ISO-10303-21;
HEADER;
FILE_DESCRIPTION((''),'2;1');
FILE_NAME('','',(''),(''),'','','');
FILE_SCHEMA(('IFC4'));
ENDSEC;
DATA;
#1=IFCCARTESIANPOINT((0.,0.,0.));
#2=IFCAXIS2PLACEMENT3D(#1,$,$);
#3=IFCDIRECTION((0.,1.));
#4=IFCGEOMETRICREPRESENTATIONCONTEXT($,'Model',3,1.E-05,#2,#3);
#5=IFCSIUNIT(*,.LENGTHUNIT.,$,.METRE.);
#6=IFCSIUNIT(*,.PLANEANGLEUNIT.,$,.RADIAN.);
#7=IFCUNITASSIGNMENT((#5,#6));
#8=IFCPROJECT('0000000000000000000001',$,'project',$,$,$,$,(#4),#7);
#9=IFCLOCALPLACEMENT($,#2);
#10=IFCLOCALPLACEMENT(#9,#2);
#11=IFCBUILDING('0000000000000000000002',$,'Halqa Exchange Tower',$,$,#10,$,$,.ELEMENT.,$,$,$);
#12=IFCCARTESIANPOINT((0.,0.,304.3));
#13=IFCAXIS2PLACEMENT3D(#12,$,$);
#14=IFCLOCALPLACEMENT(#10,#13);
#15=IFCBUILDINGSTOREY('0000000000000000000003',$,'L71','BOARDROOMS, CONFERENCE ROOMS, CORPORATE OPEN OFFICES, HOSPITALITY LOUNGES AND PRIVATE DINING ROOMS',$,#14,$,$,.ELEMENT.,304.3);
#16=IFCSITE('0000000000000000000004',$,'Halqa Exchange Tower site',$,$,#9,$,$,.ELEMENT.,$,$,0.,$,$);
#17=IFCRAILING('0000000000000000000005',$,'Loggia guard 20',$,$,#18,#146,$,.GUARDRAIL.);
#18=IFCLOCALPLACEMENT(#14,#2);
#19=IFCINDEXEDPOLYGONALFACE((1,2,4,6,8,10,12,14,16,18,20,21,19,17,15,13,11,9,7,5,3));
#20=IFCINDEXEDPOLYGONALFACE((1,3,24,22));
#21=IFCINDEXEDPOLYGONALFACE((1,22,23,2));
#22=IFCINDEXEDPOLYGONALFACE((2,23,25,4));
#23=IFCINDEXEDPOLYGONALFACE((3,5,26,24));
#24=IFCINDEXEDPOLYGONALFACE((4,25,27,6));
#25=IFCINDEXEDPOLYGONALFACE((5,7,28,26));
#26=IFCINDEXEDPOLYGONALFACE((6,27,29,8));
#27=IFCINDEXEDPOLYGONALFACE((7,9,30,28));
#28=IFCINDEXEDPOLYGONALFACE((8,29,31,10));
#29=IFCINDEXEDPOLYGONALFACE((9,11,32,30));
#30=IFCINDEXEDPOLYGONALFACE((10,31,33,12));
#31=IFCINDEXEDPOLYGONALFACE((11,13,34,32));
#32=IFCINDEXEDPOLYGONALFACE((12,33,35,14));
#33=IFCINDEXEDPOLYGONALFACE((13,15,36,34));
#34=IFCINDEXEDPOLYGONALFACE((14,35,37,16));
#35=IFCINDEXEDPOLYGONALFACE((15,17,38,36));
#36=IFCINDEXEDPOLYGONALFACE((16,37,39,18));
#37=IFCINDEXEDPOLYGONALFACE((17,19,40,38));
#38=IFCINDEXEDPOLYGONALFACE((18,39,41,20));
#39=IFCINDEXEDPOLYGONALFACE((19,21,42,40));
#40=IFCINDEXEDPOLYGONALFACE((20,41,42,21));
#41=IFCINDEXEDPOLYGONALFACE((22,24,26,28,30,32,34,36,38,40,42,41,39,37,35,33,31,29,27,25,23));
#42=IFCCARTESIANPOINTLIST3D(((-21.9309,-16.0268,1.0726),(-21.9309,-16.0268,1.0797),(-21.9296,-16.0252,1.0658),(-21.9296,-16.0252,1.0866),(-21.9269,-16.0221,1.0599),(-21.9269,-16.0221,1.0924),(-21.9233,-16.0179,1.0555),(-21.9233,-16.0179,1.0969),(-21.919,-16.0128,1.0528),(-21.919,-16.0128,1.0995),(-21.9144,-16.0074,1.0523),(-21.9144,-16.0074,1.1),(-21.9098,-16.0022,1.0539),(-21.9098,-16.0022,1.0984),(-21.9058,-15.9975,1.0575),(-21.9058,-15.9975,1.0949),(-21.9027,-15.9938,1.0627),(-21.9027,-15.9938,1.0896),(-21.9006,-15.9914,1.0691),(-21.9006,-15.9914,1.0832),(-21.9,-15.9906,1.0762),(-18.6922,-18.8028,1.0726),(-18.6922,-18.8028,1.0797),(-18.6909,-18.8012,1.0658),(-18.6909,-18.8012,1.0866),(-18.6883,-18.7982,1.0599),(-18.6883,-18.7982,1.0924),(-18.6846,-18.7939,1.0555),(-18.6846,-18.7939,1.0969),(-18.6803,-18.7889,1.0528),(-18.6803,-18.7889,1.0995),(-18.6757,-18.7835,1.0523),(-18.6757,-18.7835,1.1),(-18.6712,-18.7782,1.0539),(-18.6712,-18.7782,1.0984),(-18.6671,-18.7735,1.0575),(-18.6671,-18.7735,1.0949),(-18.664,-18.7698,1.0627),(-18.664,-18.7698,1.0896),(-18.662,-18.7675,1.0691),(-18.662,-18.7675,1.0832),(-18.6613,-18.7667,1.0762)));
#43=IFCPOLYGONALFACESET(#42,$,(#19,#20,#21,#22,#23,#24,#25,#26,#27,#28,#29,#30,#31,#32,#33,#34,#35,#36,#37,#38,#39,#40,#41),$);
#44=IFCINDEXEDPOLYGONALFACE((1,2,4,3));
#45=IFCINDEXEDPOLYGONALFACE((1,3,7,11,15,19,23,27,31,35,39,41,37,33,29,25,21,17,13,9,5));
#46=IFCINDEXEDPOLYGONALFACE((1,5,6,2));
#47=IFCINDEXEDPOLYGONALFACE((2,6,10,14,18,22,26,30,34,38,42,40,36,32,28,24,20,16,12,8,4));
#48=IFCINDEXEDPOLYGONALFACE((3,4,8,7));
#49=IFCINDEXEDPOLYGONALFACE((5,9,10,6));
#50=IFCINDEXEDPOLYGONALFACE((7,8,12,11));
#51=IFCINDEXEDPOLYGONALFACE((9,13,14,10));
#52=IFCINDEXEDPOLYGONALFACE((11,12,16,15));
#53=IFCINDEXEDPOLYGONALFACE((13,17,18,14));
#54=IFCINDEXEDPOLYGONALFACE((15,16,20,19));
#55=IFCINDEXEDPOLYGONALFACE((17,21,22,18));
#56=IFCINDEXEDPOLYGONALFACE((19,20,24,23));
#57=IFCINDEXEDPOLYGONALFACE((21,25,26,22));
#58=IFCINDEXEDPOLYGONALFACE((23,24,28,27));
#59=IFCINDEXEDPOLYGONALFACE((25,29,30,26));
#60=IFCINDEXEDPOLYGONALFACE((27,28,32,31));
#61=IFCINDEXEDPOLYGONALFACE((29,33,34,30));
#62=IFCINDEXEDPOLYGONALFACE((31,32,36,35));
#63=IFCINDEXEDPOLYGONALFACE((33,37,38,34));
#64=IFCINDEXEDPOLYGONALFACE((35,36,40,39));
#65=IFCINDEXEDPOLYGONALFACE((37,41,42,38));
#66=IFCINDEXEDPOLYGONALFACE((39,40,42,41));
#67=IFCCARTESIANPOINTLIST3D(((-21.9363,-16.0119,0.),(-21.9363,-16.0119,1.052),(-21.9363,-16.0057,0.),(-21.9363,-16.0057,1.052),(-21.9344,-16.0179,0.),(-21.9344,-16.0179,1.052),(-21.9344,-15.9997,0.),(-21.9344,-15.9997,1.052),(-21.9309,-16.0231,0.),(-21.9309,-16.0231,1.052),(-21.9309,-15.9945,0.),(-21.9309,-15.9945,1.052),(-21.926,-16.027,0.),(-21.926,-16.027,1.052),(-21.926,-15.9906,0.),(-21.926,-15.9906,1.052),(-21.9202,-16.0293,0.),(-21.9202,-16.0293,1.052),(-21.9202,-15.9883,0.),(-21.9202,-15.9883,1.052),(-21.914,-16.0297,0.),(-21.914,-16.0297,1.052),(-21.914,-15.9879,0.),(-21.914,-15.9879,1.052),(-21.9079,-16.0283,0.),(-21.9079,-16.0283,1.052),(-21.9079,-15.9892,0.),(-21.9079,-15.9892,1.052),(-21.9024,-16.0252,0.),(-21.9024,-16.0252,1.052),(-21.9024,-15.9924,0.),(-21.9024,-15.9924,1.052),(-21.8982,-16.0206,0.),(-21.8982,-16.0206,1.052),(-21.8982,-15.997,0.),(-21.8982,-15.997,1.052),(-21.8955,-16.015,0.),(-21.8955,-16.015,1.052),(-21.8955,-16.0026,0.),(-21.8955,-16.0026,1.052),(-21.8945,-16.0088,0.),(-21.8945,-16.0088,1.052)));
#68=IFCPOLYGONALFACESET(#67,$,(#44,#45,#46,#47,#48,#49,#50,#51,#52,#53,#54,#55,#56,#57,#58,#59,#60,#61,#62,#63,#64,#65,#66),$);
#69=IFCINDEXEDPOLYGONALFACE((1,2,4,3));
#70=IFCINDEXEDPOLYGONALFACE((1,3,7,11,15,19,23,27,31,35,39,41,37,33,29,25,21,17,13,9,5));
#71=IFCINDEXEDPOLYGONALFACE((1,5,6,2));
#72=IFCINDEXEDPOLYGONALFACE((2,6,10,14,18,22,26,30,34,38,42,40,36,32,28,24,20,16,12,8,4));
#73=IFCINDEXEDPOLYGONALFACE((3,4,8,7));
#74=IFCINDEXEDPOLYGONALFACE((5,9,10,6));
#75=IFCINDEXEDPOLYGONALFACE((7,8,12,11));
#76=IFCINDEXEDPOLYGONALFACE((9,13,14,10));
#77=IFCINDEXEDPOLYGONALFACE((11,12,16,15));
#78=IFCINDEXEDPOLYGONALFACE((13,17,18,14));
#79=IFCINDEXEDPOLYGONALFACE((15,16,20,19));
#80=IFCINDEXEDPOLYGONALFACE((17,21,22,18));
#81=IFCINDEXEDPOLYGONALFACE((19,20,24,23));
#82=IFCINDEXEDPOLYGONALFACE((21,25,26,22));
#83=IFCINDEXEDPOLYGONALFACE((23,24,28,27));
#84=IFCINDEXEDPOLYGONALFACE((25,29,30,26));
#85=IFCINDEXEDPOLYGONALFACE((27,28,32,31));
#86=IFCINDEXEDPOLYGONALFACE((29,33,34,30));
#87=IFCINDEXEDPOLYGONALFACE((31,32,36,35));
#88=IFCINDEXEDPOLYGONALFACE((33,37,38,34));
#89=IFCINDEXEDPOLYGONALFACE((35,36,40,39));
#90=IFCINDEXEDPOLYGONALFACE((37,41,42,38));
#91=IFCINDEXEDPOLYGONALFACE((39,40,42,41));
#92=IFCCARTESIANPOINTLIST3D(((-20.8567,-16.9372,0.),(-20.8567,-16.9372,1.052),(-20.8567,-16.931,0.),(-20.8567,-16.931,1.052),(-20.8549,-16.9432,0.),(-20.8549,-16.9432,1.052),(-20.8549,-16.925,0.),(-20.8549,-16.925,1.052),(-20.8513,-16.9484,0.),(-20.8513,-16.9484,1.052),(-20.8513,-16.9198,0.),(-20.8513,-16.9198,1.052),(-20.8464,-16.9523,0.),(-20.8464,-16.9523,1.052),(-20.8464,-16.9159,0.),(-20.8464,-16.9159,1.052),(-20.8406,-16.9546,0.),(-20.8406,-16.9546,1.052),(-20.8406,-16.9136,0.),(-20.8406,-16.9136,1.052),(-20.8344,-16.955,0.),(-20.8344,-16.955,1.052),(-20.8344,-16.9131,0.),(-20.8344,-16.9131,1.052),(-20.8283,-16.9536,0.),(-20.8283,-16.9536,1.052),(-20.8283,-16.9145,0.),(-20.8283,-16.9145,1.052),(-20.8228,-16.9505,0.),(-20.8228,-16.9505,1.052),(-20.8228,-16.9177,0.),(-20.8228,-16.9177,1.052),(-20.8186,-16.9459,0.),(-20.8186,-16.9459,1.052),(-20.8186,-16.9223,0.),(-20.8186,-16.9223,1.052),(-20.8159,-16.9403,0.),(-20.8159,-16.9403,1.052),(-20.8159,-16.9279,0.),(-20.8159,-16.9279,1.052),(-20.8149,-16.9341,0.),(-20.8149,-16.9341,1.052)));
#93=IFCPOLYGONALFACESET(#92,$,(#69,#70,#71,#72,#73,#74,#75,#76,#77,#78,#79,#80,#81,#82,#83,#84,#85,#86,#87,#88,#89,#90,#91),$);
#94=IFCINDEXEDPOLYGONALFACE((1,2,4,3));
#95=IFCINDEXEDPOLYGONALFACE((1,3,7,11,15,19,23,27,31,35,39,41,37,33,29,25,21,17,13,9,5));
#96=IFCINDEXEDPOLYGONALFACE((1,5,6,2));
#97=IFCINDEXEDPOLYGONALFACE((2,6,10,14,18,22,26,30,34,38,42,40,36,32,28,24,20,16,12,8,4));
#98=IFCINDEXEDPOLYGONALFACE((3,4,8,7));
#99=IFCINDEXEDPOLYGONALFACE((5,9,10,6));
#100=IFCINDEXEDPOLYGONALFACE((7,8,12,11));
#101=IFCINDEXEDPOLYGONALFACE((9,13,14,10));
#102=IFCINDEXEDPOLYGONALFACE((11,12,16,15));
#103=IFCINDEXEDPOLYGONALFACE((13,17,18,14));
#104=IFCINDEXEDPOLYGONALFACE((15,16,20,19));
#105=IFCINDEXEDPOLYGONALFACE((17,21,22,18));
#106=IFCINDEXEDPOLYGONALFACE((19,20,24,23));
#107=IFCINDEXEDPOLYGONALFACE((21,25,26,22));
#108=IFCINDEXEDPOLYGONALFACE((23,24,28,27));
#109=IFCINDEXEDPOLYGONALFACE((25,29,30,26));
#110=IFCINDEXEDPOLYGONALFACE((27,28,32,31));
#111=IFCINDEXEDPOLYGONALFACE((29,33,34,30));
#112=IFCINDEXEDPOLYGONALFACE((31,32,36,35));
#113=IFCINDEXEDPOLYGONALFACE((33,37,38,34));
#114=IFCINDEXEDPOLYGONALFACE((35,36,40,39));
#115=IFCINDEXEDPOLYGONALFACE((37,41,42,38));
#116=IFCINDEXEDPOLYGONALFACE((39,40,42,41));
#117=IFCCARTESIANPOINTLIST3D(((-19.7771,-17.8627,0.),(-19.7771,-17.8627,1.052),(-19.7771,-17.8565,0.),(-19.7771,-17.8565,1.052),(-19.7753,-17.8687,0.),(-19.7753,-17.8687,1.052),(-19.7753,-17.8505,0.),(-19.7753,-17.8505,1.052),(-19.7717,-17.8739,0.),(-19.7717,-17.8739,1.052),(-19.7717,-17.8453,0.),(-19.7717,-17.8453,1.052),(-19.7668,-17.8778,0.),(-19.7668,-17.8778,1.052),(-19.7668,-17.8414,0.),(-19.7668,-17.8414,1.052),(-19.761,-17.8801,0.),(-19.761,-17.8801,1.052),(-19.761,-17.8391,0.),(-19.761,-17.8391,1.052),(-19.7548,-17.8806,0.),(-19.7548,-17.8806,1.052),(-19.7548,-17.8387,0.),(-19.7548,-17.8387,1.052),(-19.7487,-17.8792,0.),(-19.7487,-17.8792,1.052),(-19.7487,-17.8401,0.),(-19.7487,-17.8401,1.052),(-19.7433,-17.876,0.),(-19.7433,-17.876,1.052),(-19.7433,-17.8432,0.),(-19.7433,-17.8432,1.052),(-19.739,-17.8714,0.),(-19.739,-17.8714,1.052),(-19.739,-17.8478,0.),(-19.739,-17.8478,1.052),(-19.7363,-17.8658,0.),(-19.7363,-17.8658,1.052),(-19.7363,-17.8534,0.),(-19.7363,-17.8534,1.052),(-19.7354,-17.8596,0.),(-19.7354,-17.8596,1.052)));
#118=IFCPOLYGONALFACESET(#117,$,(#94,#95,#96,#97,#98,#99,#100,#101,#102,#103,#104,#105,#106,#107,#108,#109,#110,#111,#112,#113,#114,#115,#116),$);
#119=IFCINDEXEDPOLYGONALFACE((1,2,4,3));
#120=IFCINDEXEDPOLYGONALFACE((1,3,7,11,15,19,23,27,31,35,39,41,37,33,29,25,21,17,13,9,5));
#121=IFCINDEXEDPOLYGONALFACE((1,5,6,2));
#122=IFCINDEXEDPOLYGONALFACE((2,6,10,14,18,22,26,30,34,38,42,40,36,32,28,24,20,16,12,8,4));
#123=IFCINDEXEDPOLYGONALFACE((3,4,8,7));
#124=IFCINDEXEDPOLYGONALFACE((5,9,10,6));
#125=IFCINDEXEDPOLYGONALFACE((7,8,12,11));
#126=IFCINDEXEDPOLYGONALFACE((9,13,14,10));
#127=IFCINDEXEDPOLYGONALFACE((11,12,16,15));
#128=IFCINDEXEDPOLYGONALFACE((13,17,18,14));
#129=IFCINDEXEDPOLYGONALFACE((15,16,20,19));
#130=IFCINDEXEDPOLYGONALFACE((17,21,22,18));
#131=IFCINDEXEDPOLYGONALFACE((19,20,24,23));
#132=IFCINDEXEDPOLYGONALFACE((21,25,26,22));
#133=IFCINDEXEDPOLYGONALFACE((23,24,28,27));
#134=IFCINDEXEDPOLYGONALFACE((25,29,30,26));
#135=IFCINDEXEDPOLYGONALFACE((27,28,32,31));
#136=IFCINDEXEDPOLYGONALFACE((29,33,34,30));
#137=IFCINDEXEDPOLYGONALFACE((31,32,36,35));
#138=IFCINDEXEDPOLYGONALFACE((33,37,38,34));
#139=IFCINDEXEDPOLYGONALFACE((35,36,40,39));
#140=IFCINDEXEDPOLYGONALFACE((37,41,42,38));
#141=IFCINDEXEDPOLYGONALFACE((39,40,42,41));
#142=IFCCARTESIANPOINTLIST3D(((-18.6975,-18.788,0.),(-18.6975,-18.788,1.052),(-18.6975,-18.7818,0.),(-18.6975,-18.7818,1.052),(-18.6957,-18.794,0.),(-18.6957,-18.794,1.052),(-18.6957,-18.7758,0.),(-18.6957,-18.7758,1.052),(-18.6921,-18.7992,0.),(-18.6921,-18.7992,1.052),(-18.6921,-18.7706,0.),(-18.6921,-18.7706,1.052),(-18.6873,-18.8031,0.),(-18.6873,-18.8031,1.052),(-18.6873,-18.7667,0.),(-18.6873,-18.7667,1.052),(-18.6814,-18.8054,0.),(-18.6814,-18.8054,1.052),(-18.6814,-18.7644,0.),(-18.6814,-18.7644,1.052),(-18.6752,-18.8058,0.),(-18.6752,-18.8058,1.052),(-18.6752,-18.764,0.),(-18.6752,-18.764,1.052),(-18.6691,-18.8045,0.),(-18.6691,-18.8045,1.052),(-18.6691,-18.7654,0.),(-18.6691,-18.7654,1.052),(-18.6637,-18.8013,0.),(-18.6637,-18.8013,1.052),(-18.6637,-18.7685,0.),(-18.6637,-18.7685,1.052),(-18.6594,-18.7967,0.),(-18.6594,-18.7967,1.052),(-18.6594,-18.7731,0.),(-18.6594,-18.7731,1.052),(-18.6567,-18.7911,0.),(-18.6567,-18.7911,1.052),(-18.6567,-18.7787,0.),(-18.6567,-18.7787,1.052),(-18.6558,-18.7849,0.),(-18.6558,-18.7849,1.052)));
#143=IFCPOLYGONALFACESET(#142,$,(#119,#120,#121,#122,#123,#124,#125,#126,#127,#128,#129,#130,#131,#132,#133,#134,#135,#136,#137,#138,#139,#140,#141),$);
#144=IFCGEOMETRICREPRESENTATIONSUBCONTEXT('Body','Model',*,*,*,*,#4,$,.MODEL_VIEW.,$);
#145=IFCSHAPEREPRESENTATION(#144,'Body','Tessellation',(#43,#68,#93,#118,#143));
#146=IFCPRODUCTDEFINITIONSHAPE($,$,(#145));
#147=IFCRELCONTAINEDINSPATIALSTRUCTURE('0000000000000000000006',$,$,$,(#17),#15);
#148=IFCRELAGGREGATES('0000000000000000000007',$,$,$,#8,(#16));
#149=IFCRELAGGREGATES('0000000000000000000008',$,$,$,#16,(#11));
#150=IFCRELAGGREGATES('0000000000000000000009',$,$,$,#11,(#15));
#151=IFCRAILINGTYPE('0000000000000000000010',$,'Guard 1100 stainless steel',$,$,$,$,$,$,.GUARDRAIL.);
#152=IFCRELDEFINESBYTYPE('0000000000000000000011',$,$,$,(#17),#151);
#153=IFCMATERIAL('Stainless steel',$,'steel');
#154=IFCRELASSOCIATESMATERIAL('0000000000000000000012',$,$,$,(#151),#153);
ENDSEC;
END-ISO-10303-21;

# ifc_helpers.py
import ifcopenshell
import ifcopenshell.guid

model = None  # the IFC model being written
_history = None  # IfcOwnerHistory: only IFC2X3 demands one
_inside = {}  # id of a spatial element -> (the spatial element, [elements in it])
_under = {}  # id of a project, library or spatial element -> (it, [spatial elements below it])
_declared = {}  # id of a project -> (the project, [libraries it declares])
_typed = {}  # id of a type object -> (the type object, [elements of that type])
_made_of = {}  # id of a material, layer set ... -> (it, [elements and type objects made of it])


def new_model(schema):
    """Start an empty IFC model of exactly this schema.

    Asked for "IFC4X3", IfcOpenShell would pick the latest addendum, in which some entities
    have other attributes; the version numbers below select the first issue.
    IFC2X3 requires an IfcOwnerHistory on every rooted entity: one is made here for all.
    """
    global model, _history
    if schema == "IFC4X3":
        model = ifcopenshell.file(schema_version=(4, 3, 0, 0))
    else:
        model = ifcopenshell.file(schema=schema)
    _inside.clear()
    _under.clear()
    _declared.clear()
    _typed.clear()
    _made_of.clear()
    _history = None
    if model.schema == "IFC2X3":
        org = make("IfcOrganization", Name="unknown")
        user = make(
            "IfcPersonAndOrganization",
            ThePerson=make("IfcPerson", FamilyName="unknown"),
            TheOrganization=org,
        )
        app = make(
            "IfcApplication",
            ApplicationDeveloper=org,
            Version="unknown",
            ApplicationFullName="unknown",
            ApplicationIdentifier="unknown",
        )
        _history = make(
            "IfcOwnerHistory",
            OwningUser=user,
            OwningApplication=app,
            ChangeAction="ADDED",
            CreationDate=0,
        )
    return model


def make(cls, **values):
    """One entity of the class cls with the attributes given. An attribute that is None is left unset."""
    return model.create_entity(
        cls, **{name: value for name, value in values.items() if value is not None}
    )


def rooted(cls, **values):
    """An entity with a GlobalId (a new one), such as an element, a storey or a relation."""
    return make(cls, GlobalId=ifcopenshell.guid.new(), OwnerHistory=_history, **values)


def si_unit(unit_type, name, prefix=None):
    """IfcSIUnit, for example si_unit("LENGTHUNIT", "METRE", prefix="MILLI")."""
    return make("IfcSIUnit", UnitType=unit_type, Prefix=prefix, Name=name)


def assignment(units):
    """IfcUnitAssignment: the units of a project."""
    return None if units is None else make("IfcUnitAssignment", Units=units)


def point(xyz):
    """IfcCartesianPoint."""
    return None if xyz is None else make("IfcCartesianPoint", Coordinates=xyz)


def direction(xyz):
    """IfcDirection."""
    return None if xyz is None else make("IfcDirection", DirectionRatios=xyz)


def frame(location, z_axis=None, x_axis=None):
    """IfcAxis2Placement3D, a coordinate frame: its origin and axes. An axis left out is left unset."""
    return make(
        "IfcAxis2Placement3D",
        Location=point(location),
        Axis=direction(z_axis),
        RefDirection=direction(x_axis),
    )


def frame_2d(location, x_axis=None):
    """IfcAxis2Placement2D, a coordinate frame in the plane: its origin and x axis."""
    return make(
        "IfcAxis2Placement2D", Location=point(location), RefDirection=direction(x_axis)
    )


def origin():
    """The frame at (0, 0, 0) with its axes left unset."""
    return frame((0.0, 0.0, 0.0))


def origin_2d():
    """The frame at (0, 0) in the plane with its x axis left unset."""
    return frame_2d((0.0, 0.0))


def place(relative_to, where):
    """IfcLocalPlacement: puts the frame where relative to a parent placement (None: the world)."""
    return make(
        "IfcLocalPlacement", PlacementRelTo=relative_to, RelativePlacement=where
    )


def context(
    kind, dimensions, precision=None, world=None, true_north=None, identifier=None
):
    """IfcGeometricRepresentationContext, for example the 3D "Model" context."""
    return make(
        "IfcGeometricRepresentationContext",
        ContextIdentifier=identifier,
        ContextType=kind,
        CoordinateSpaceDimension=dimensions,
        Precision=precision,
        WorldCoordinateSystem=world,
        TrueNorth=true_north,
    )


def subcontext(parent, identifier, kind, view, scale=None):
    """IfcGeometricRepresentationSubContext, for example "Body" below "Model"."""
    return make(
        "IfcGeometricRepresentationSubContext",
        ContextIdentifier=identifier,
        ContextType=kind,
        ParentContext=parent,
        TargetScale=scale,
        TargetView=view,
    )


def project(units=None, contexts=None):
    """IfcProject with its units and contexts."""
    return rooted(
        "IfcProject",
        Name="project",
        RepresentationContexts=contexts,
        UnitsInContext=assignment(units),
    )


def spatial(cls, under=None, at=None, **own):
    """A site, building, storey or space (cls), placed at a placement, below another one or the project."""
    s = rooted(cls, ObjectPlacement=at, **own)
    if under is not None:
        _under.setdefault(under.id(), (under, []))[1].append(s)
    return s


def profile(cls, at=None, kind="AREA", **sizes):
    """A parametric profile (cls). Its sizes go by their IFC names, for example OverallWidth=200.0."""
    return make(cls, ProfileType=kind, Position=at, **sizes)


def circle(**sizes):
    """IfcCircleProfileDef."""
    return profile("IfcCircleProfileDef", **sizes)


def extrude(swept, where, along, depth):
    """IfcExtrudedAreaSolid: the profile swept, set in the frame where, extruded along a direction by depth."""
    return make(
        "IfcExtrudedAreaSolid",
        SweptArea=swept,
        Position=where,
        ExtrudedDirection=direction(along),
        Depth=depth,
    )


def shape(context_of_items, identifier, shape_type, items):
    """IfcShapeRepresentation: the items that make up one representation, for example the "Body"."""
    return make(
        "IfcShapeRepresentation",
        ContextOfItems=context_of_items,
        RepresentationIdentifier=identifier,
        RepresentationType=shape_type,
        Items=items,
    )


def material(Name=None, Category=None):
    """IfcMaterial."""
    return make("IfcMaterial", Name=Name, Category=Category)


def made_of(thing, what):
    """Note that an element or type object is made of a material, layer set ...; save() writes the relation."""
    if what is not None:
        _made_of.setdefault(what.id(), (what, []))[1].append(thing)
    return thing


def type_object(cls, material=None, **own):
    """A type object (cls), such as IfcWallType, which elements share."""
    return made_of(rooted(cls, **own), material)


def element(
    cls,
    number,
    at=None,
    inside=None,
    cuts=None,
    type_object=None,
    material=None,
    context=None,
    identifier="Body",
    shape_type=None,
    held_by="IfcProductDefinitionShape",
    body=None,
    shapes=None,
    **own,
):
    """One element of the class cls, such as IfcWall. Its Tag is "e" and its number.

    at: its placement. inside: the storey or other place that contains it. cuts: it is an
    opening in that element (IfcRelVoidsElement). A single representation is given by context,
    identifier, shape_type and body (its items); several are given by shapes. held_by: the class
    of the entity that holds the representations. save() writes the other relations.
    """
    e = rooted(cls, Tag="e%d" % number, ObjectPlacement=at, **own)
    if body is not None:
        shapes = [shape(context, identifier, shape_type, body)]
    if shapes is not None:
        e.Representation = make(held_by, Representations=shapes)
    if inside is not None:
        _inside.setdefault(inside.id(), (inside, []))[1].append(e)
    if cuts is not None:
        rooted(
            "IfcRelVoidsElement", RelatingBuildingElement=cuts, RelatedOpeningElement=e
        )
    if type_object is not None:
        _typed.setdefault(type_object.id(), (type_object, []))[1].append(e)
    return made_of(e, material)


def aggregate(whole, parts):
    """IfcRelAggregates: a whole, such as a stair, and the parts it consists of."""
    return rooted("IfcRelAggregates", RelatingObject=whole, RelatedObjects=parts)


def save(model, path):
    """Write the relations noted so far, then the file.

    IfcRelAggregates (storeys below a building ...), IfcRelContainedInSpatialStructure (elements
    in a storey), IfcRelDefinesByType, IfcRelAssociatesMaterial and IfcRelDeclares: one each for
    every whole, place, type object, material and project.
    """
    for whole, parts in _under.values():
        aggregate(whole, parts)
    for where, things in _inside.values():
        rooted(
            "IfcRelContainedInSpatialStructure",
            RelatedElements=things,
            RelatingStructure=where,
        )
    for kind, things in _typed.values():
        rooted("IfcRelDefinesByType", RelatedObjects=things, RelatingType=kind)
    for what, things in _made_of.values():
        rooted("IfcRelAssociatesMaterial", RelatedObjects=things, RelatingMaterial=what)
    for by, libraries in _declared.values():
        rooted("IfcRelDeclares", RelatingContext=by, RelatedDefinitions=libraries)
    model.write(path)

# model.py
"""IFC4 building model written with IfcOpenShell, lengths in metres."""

from ifc_helpers import new_model, si_unit, direction, frame, origin, origin_2d, place, context, subcontext, project, spatial, circle, extrude, material, type_object, element, save


model = new_model("IFC4")

# Units and contexts
model_context = context("Model", 3, precision=1e-05, world=origin(), true_north=direction((0.0, 1.0)))
body_context = subcontext(model_context, "Body", "Model", "MODEL_VIEW")
ifc_project = project(units=[si_unit("LENGTHUNIT", "METRE"), si_unit("PLANEANGLEUNIT", "RADIAN")], contexts=[model_context])

# Site, building, storey
site_placement = place(None, origin())
site = spatial("IfcSite", under=ifc_project, at=site_placement, Name="Halqa Exchange Tower site", CompositionType="ELEMENT", RefElevation=0.0)
building_placement = place(site_placement, origin())
building = spatial("IfcBuilding", under=site, at=building_placement, Name="Halqa Exchange Tower", CompositionType="ELEMENT")
storey_placement = place(building_placement, frame((0.0, 0.0, 304.3)))
storey = spatial("IfcBuildingStorey", under=building, at=storey_placement, Name="L71", Description="BOARDROOMS, CONFERENCE ROOMS, CORPORATE OPEN OFFICES, HOSPITALITY LOUNGES AND PRIVATE DINING ROOMS", CompositionType="ELEMENT", Elevation=304.3)

# Railing
ifc_material_1 = material(Name="Stainless steel", Category="steel")
railing_type = type_object("IfcRailingType", Name="Guard 1100 stainless steel", PredefinedType="GUARDRAIL", material=ifc_material_1)
railing_1_placement = place(storey_placement, frame((-21.9155, -16.0088, 0.0)))
element("IfcRailing", 1, at=railing_1_placement, inside=storey, type_object=railing_type, Name="Loggia guard 20", PredefinedType="GUARDRAIL", context=body_context, shape_type="SweptSolid", body=[
    extrude(circle(Radius=0.0239, at=origin_2d()), frame((0.0, 0.0, 1.0762), z_axis=(0.759253, -0.650796, 0.0), x_axis=(0.650796, 0.759253, 0.0)), (0.0, 0.0, 1.0), 4.2656),
    extrude(circle(Radius=0.021, at=origin_2d()), origin(), (0.0, 0.0, 1.0), 1.052),
    extrude(circle(Radius=0.021, at=origin_2d()), frame((1.0796, -0.9253, 0.0)), (0.0, 0.0, 1.0), 1.052),
    extrude(circle(Radius=0.021, at=origin_2d()), frame((2.1592, -1.8508, 0.0)), (0.0, 0.0, 1.0), 1.052),
    extrude(circle(Radius=0.021, at=origin_2d()), frame((3.2388, -2.7761, 0.0)), (0.0, 0.0, 1.0), 1.052),
])

save(model, "model.ifc")
